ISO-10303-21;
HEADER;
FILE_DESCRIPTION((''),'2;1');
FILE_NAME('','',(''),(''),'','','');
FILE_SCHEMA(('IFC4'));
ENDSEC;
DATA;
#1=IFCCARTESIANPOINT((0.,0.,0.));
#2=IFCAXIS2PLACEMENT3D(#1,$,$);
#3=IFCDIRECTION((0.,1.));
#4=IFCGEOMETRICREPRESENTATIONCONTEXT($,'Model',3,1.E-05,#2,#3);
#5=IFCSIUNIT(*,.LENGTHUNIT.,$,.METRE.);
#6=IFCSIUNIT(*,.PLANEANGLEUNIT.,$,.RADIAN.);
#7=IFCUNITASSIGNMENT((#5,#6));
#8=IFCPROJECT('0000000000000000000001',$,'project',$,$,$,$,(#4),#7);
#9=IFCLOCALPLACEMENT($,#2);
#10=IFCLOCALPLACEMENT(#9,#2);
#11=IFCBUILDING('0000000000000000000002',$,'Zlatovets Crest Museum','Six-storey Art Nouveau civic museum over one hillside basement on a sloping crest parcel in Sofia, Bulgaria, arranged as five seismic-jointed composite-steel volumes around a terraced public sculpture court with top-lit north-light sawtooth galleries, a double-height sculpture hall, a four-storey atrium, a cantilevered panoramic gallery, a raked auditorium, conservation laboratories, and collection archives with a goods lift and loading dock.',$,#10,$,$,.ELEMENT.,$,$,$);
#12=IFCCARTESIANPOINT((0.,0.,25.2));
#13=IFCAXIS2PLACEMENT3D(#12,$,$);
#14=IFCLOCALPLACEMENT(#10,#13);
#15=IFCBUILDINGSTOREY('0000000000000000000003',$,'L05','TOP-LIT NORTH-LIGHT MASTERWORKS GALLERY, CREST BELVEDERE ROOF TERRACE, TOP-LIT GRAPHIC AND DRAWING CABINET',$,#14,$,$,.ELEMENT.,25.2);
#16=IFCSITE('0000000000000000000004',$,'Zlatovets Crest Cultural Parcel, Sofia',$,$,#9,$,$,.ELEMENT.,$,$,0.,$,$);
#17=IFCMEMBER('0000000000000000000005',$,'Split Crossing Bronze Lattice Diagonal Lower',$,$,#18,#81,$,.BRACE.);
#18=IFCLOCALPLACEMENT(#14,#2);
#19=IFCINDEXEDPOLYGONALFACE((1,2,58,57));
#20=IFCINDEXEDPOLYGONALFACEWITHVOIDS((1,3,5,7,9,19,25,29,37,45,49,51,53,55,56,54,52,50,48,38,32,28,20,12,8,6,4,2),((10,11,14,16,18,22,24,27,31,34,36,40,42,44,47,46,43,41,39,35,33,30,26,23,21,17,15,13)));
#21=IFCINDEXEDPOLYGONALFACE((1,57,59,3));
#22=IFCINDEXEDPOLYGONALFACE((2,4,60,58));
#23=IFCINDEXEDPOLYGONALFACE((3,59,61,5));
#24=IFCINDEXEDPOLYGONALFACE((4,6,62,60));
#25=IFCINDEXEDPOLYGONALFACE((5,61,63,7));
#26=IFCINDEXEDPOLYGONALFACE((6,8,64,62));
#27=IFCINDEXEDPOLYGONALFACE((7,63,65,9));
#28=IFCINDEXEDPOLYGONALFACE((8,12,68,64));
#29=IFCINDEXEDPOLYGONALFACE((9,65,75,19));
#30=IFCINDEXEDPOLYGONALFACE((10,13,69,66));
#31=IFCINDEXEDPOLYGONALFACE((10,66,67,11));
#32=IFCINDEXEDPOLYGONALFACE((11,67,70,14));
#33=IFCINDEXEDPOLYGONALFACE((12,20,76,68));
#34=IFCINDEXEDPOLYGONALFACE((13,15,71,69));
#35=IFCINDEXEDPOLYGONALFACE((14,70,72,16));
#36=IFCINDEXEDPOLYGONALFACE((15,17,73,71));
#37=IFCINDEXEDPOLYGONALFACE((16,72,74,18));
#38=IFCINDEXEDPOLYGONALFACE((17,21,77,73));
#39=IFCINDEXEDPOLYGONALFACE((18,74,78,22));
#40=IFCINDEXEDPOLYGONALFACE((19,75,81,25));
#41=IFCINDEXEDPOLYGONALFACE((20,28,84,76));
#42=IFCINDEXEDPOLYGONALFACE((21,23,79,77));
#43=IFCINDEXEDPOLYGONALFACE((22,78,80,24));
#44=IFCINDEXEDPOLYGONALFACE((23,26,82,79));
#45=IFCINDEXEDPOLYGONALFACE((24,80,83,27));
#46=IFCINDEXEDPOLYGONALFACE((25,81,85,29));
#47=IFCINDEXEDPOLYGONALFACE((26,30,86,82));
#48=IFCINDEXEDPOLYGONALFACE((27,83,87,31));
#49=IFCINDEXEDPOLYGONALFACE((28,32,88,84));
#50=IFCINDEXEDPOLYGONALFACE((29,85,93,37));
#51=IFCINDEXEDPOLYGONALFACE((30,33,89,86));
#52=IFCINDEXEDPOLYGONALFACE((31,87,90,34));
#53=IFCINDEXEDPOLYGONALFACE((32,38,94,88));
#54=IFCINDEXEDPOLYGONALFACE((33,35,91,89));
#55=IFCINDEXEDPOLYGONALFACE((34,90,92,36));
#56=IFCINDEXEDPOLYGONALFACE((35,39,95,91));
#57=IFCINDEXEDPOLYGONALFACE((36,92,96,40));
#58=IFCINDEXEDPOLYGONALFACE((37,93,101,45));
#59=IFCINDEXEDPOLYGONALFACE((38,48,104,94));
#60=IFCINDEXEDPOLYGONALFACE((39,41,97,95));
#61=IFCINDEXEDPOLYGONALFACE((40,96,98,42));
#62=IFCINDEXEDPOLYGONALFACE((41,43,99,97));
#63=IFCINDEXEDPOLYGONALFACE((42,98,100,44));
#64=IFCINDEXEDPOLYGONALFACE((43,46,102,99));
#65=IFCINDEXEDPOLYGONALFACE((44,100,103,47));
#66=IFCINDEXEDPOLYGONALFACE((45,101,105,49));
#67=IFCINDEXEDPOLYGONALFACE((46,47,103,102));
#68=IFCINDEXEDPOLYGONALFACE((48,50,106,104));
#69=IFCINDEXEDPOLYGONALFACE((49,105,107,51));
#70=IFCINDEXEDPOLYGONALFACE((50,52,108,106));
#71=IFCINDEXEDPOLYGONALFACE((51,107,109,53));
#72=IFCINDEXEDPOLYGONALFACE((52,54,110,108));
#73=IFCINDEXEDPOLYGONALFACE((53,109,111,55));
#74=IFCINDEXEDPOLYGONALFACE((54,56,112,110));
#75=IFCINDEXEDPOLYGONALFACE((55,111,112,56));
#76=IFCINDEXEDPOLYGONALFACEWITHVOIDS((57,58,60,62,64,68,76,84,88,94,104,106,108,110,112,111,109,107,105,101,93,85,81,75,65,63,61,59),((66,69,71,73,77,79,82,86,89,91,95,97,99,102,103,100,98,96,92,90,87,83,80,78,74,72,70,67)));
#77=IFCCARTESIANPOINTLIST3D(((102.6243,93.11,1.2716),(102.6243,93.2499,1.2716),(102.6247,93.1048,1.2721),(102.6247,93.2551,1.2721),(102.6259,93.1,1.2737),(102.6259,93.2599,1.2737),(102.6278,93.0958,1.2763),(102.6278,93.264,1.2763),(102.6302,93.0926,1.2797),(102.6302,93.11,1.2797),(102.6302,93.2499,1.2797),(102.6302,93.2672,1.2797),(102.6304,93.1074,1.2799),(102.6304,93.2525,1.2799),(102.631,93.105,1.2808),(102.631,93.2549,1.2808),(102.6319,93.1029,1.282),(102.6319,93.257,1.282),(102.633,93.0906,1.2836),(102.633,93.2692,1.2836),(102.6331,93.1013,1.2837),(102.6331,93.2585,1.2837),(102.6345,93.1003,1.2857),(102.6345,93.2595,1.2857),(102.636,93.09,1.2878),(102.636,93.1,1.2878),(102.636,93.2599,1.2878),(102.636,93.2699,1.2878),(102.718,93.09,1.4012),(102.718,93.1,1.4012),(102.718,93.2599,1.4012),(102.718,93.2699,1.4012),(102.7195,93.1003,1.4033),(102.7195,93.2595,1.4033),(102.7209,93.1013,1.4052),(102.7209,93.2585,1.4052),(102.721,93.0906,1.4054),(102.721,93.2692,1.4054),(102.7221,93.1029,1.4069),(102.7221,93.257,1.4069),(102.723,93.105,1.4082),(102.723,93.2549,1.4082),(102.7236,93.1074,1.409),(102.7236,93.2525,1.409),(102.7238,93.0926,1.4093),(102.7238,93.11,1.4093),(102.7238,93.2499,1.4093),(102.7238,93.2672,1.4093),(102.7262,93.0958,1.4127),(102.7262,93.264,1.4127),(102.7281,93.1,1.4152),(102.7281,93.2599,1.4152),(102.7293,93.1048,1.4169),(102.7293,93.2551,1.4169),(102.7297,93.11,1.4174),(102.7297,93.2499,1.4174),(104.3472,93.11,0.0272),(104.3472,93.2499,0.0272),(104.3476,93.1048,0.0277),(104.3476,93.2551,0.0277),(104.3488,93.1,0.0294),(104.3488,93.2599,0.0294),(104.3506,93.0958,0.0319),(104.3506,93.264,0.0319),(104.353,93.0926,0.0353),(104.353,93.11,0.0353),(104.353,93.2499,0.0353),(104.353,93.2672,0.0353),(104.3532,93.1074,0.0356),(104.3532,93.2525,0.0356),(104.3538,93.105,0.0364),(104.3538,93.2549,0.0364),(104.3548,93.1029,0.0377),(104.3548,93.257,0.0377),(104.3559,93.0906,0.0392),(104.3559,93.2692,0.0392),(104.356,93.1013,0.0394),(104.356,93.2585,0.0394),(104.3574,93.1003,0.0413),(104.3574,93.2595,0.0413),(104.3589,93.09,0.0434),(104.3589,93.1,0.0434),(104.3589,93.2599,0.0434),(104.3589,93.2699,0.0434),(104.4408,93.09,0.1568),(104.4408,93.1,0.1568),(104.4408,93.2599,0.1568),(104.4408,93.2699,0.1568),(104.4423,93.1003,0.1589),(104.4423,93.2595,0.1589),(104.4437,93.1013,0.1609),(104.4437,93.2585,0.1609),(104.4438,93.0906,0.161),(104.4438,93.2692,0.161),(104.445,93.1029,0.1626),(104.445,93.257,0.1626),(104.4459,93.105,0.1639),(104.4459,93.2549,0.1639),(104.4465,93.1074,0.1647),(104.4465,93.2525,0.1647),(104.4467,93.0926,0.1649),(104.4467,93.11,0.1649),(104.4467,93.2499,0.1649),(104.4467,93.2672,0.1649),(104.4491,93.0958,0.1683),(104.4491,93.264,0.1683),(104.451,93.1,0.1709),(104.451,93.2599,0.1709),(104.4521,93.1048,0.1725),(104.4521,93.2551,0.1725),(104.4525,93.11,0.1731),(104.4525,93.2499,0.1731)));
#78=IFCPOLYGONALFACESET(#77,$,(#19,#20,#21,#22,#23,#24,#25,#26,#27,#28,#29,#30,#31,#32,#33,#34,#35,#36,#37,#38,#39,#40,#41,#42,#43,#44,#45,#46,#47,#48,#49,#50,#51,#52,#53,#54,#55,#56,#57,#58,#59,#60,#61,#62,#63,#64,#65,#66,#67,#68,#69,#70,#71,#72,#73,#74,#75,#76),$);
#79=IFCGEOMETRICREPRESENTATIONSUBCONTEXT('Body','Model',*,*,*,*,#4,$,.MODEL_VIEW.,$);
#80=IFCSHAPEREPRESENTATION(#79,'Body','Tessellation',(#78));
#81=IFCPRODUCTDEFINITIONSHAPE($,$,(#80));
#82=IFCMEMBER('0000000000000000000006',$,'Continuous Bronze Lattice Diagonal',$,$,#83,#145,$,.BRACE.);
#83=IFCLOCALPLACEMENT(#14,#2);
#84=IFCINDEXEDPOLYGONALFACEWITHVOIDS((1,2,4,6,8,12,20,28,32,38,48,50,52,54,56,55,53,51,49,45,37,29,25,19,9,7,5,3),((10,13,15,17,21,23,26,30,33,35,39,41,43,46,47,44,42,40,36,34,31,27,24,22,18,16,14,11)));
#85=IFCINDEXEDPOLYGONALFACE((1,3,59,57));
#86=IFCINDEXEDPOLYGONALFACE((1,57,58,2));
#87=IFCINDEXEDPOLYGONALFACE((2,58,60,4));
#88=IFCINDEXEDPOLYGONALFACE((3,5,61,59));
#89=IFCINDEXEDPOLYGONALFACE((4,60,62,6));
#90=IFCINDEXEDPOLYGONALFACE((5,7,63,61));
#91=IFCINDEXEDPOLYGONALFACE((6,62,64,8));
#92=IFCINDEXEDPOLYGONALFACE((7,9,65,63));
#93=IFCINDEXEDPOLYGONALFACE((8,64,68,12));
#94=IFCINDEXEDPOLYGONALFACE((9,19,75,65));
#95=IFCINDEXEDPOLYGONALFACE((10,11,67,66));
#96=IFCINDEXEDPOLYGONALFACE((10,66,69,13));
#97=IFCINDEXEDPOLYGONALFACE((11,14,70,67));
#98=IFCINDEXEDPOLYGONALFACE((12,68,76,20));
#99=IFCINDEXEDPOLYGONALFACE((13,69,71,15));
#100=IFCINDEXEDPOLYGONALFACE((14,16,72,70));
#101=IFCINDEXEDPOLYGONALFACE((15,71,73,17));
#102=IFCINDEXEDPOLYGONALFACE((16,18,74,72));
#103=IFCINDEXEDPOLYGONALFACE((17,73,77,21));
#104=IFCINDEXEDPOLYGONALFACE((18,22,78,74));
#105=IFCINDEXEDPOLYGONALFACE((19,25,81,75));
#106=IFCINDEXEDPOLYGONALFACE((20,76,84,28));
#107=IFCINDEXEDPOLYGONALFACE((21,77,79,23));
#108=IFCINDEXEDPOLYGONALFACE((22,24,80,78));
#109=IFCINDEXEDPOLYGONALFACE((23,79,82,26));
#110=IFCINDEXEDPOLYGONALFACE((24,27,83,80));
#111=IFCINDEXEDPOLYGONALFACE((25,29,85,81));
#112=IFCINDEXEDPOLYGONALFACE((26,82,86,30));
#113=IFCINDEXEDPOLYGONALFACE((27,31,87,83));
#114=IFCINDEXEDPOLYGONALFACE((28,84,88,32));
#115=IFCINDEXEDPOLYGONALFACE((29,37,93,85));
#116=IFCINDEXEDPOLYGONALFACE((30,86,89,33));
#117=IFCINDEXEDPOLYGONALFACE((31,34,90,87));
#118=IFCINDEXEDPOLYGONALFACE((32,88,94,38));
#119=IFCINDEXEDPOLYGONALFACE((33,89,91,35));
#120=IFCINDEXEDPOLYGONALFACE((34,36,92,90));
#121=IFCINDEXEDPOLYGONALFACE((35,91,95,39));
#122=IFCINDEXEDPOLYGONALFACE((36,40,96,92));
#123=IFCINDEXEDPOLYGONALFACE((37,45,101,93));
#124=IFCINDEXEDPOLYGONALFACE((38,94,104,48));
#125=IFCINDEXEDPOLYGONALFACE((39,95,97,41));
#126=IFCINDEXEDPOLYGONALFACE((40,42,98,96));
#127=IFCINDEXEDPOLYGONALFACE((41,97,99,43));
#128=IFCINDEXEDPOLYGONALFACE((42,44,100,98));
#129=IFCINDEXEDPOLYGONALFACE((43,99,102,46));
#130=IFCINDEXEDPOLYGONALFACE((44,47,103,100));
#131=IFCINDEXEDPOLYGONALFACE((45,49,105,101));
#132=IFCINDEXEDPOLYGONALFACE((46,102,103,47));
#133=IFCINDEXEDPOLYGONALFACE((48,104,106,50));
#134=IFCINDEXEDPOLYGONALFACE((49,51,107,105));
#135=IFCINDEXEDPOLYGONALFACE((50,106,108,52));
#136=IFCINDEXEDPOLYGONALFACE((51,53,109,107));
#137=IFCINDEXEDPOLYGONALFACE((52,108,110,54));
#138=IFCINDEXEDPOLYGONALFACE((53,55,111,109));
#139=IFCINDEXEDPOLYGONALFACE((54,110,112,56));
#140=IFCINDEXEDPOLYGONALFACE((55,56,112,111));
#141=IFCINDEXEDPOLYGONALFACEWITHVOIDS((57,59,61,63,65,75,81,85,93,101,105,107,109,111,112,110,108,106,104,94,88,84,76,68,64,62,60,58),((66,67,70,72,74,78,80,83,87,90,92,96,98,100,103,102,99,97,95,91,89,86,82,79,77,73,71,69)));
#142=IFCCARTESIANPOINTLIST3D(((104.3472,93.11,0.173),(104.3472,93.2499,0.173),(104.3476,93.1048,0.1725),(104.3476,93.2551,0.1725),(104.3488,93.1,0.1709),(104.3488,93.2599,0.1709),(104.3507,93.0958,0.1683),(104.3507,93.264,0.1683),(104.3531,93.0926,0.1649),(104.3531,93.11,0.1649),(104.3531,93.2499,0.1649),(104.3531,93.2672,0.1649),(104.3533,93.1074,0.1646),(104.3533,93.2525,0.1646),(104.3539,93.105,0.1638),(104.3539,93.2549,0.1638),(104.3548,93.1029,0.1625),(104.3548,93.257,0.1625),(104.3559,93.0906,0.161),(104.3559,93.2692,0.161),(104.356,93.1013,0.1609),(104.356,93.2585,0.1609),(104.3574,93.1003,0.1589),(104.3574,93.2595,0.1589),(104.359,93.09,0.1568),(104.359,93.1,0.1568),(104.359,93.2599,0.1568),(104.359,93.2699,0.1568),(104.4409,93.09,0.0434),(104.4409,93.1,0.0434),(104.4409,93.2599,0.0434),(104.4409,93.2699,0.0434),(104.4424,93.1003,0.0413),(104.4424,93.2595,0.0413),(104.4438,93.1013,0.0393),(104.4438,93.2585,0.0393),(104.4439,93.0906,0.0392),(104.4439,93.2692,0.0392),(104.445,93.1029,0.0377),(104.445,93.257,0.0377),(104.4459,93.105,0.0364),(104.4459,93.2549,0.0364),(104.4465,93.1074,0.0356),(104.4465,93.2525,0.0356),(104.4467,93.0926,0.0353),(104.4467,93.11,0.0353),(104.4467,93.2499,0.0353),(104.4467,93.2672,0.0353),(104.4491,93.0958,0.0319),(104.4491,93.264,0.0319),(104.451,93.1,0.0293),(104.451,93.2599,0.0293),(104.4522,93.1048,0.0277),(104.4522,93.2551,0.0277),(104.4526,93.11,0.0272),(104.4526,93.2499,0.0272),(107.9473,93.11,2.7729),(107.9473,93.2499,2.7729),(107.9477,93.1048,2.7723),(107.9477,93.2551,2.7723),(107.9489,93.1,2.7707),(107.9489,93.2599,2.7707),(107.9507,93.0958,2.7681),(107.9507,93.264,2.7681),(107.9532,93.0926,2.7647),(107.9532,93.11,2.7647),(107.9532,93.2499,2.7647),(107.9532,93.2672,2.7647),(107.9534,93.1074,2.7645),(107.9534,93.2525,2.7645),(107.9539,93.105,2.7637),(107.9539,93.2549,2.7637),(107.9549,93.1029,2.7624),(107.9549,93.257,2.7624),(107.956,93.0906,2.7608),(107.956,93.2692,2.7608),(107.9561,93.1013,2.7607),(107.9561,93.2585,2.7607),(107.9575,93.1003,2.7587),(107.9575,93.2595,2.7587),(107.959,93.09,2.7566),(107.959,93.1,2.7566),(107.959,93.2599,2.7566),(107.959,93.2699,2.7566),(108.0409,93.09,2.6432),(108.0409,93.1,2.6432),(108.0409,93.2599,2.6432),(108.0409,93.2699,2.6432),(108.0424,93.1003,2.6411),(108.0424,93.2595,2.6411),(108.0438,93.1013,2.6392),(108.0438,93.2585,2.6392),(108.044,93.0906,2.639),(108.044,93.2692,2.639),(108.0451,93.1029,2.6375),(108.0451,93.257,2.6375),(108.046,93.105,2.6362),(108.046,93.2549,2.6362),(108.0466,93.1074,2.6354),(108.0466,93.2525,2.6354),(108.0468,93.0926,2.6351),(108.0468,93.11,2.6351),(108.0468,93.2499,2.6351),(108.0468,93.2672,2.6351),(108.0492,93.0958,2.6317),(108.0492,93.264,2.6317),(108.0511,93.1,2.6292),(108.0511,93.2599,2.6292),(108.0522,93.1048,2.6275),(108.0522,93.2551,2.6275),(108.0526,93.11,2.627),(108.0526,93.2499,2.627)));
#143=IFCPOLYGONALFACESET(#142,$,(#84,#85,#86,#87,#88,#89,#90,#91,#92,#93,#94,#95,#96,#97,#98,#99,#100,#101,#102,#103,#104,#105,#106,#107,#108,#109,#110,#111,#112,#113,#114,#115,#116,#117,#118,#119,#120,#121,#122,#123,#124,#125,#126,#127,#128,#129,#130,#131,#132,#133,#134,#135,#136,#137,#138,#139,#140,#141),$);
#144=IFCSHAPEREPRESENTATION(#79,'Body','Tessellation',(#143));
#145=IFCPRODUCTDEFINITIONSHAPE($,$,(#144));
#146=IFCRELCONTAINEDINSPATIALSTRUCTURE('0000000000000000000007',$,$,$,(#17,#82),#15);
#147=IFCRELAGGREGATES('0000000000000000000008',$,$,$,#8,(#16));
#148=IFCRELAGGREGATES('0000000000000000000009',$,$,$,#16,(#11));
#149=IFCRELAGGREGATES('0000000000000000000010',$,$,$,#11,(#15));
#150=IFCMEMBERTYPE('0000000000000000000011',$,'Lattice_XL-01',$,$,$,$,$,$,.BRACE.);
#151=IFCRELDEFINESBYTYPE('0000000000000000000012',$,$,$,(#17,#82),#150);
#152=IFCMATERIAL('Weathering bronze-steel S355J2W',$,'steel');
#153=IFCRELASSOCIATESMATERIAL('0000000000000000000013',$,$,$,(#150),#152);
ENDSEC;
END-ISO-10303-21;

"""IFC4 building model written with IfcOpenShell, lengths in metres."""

from ifc_helpers import new_model, si_unit, direction, frame, origin, origin_2d, place, context, subcontext, project, spatial, hollow_rectangle, extrude, material, material_profile, profile_set, type_object, element, save


model = new_model("IFC4")

# Units and contexts
model_context = context("Model", 3, precision=1e-05, world=origin(), true_north=direction((0.0, 1.0)))
body_context = subcontext(model_context, "Body", "Model", "MODEL_VIEW")
ifc_project = project(units=[si_unit("LENGTHUNIT", "METRE"), si_unit("PLANEANGLEUNIT", "RADIAN")], contexts=[model_context])

# Site, building, storey
site_placement = place(None, origin())
site = spatial("IfcSite", under=ifc_project, at=site_placement, Name="Zlatovets Crest Cultural Parcel, Sofia", CompositionType="ELEMENT", RefElevation=0.0)
building_placement = place(site_placement, origin())
building = spatial("IfcBuilding", under=site, at=building_placement, Name="Zlatovets Crest Museum", Description="Six-storey Art Nouveau civic museum over one hillside basement on a sloping crest parcel in Sofia, Bulgaria, arranged as five seismic-jointed composite-steel volumes around a terraced public sculpture court with top-lit north-light sawtooth galleries, a double-height sculpture hall, a four-storey atrium, a cantilevered panoramic gallery, a raked auditorium, conservation laboratories, and collection archives with a goods lift and loading dock.", CompositionType="ELEMENT")
storey_placement = place(building_placement, frame((0.0, 0.0, 25.2)))
storey = spatial("IfcBuildingStorey", under=building, at=storey_placement, Name="L05", Description="TOP-LIT NORTH-LIGHT MASTERWORKS GALLERY, CREST BELVEDERE ROOF TERRACE, TOP-LIT GRAPHIC AND DRAWING CABINET", CompositionType="ELEMENT", Elevation=25.2)

# Members
ifc_material_1 = material(Name="Weathering bronze-steel S355J2W", Category="steel")
ifc_material_profile_1 = material_profile(ifc_material_1, hollow_rectangle(XDim=0.1799, YDim=0.1799, WallThickness=0.01, InnerFilletRadius=0.01, OuterFilletRadius=0.02, at=origin_2d()), Name="SHS 180x180x10.0")
ifc_profile_set_1 = profile_set([ifc_material_profile_1], Name="Weathering bronze-steel S355J2W")
member_type_1 = type_object("IfcMemberType", Name="Lattice_XL-01", PredefinedType="BRACE", material=ifc_profile_set_1)
member_1_placement = place(storey_placement, frame((102.677, 93.1799, 1.3445), z_axis=(0.810664, 0.0, -0.585512), x_axis=(0.0, 1.0, 0.0)))
element("IfcMember", 1, at=member_1_placement, inside=storey, type_object=member_type_1, Name="Split Crossing Bronze Lattice Diagonal Lower", PredefinedType="BRACE", context=body_context, shape_type="SweptSolid", body=[
    extrude(hollow_rectangle(XDim=0.1799, YDim=0.1799, WallThickness=0.01, InnerFilletRadius=0.01, OuterFilletRadius=0.02, at=origin_2d()), origin(), (0.0, 0.0, 1.0), 2.1252),
])
member_2_placement = place(storey_placement, frame((104.3999, 93.1799, 0.1001), z_axis=(0.810702, 0.0, 0.585458), x_axis=(0.0, 1.0, 0.0)))
element("IfcMember", 2, at=member_2_placement, inside=storey, type_object=member_type_1, Name="Continuous Bronze Lattice Diagonal", PredefinedType="BRACE", context=body_context, shape_type="SweptSolid", body=[
    extrude(hollow_rectangle(XDim=0.1799, YDim=0.1799, WallThickness=0.01, InnerFilletRadius=0.01, OuterFilletRadius=0.02, at=origin_2d()), origin(), (0.0, 0.0, 1.0), 4.4407),
])

save(model, "model.ifc")
